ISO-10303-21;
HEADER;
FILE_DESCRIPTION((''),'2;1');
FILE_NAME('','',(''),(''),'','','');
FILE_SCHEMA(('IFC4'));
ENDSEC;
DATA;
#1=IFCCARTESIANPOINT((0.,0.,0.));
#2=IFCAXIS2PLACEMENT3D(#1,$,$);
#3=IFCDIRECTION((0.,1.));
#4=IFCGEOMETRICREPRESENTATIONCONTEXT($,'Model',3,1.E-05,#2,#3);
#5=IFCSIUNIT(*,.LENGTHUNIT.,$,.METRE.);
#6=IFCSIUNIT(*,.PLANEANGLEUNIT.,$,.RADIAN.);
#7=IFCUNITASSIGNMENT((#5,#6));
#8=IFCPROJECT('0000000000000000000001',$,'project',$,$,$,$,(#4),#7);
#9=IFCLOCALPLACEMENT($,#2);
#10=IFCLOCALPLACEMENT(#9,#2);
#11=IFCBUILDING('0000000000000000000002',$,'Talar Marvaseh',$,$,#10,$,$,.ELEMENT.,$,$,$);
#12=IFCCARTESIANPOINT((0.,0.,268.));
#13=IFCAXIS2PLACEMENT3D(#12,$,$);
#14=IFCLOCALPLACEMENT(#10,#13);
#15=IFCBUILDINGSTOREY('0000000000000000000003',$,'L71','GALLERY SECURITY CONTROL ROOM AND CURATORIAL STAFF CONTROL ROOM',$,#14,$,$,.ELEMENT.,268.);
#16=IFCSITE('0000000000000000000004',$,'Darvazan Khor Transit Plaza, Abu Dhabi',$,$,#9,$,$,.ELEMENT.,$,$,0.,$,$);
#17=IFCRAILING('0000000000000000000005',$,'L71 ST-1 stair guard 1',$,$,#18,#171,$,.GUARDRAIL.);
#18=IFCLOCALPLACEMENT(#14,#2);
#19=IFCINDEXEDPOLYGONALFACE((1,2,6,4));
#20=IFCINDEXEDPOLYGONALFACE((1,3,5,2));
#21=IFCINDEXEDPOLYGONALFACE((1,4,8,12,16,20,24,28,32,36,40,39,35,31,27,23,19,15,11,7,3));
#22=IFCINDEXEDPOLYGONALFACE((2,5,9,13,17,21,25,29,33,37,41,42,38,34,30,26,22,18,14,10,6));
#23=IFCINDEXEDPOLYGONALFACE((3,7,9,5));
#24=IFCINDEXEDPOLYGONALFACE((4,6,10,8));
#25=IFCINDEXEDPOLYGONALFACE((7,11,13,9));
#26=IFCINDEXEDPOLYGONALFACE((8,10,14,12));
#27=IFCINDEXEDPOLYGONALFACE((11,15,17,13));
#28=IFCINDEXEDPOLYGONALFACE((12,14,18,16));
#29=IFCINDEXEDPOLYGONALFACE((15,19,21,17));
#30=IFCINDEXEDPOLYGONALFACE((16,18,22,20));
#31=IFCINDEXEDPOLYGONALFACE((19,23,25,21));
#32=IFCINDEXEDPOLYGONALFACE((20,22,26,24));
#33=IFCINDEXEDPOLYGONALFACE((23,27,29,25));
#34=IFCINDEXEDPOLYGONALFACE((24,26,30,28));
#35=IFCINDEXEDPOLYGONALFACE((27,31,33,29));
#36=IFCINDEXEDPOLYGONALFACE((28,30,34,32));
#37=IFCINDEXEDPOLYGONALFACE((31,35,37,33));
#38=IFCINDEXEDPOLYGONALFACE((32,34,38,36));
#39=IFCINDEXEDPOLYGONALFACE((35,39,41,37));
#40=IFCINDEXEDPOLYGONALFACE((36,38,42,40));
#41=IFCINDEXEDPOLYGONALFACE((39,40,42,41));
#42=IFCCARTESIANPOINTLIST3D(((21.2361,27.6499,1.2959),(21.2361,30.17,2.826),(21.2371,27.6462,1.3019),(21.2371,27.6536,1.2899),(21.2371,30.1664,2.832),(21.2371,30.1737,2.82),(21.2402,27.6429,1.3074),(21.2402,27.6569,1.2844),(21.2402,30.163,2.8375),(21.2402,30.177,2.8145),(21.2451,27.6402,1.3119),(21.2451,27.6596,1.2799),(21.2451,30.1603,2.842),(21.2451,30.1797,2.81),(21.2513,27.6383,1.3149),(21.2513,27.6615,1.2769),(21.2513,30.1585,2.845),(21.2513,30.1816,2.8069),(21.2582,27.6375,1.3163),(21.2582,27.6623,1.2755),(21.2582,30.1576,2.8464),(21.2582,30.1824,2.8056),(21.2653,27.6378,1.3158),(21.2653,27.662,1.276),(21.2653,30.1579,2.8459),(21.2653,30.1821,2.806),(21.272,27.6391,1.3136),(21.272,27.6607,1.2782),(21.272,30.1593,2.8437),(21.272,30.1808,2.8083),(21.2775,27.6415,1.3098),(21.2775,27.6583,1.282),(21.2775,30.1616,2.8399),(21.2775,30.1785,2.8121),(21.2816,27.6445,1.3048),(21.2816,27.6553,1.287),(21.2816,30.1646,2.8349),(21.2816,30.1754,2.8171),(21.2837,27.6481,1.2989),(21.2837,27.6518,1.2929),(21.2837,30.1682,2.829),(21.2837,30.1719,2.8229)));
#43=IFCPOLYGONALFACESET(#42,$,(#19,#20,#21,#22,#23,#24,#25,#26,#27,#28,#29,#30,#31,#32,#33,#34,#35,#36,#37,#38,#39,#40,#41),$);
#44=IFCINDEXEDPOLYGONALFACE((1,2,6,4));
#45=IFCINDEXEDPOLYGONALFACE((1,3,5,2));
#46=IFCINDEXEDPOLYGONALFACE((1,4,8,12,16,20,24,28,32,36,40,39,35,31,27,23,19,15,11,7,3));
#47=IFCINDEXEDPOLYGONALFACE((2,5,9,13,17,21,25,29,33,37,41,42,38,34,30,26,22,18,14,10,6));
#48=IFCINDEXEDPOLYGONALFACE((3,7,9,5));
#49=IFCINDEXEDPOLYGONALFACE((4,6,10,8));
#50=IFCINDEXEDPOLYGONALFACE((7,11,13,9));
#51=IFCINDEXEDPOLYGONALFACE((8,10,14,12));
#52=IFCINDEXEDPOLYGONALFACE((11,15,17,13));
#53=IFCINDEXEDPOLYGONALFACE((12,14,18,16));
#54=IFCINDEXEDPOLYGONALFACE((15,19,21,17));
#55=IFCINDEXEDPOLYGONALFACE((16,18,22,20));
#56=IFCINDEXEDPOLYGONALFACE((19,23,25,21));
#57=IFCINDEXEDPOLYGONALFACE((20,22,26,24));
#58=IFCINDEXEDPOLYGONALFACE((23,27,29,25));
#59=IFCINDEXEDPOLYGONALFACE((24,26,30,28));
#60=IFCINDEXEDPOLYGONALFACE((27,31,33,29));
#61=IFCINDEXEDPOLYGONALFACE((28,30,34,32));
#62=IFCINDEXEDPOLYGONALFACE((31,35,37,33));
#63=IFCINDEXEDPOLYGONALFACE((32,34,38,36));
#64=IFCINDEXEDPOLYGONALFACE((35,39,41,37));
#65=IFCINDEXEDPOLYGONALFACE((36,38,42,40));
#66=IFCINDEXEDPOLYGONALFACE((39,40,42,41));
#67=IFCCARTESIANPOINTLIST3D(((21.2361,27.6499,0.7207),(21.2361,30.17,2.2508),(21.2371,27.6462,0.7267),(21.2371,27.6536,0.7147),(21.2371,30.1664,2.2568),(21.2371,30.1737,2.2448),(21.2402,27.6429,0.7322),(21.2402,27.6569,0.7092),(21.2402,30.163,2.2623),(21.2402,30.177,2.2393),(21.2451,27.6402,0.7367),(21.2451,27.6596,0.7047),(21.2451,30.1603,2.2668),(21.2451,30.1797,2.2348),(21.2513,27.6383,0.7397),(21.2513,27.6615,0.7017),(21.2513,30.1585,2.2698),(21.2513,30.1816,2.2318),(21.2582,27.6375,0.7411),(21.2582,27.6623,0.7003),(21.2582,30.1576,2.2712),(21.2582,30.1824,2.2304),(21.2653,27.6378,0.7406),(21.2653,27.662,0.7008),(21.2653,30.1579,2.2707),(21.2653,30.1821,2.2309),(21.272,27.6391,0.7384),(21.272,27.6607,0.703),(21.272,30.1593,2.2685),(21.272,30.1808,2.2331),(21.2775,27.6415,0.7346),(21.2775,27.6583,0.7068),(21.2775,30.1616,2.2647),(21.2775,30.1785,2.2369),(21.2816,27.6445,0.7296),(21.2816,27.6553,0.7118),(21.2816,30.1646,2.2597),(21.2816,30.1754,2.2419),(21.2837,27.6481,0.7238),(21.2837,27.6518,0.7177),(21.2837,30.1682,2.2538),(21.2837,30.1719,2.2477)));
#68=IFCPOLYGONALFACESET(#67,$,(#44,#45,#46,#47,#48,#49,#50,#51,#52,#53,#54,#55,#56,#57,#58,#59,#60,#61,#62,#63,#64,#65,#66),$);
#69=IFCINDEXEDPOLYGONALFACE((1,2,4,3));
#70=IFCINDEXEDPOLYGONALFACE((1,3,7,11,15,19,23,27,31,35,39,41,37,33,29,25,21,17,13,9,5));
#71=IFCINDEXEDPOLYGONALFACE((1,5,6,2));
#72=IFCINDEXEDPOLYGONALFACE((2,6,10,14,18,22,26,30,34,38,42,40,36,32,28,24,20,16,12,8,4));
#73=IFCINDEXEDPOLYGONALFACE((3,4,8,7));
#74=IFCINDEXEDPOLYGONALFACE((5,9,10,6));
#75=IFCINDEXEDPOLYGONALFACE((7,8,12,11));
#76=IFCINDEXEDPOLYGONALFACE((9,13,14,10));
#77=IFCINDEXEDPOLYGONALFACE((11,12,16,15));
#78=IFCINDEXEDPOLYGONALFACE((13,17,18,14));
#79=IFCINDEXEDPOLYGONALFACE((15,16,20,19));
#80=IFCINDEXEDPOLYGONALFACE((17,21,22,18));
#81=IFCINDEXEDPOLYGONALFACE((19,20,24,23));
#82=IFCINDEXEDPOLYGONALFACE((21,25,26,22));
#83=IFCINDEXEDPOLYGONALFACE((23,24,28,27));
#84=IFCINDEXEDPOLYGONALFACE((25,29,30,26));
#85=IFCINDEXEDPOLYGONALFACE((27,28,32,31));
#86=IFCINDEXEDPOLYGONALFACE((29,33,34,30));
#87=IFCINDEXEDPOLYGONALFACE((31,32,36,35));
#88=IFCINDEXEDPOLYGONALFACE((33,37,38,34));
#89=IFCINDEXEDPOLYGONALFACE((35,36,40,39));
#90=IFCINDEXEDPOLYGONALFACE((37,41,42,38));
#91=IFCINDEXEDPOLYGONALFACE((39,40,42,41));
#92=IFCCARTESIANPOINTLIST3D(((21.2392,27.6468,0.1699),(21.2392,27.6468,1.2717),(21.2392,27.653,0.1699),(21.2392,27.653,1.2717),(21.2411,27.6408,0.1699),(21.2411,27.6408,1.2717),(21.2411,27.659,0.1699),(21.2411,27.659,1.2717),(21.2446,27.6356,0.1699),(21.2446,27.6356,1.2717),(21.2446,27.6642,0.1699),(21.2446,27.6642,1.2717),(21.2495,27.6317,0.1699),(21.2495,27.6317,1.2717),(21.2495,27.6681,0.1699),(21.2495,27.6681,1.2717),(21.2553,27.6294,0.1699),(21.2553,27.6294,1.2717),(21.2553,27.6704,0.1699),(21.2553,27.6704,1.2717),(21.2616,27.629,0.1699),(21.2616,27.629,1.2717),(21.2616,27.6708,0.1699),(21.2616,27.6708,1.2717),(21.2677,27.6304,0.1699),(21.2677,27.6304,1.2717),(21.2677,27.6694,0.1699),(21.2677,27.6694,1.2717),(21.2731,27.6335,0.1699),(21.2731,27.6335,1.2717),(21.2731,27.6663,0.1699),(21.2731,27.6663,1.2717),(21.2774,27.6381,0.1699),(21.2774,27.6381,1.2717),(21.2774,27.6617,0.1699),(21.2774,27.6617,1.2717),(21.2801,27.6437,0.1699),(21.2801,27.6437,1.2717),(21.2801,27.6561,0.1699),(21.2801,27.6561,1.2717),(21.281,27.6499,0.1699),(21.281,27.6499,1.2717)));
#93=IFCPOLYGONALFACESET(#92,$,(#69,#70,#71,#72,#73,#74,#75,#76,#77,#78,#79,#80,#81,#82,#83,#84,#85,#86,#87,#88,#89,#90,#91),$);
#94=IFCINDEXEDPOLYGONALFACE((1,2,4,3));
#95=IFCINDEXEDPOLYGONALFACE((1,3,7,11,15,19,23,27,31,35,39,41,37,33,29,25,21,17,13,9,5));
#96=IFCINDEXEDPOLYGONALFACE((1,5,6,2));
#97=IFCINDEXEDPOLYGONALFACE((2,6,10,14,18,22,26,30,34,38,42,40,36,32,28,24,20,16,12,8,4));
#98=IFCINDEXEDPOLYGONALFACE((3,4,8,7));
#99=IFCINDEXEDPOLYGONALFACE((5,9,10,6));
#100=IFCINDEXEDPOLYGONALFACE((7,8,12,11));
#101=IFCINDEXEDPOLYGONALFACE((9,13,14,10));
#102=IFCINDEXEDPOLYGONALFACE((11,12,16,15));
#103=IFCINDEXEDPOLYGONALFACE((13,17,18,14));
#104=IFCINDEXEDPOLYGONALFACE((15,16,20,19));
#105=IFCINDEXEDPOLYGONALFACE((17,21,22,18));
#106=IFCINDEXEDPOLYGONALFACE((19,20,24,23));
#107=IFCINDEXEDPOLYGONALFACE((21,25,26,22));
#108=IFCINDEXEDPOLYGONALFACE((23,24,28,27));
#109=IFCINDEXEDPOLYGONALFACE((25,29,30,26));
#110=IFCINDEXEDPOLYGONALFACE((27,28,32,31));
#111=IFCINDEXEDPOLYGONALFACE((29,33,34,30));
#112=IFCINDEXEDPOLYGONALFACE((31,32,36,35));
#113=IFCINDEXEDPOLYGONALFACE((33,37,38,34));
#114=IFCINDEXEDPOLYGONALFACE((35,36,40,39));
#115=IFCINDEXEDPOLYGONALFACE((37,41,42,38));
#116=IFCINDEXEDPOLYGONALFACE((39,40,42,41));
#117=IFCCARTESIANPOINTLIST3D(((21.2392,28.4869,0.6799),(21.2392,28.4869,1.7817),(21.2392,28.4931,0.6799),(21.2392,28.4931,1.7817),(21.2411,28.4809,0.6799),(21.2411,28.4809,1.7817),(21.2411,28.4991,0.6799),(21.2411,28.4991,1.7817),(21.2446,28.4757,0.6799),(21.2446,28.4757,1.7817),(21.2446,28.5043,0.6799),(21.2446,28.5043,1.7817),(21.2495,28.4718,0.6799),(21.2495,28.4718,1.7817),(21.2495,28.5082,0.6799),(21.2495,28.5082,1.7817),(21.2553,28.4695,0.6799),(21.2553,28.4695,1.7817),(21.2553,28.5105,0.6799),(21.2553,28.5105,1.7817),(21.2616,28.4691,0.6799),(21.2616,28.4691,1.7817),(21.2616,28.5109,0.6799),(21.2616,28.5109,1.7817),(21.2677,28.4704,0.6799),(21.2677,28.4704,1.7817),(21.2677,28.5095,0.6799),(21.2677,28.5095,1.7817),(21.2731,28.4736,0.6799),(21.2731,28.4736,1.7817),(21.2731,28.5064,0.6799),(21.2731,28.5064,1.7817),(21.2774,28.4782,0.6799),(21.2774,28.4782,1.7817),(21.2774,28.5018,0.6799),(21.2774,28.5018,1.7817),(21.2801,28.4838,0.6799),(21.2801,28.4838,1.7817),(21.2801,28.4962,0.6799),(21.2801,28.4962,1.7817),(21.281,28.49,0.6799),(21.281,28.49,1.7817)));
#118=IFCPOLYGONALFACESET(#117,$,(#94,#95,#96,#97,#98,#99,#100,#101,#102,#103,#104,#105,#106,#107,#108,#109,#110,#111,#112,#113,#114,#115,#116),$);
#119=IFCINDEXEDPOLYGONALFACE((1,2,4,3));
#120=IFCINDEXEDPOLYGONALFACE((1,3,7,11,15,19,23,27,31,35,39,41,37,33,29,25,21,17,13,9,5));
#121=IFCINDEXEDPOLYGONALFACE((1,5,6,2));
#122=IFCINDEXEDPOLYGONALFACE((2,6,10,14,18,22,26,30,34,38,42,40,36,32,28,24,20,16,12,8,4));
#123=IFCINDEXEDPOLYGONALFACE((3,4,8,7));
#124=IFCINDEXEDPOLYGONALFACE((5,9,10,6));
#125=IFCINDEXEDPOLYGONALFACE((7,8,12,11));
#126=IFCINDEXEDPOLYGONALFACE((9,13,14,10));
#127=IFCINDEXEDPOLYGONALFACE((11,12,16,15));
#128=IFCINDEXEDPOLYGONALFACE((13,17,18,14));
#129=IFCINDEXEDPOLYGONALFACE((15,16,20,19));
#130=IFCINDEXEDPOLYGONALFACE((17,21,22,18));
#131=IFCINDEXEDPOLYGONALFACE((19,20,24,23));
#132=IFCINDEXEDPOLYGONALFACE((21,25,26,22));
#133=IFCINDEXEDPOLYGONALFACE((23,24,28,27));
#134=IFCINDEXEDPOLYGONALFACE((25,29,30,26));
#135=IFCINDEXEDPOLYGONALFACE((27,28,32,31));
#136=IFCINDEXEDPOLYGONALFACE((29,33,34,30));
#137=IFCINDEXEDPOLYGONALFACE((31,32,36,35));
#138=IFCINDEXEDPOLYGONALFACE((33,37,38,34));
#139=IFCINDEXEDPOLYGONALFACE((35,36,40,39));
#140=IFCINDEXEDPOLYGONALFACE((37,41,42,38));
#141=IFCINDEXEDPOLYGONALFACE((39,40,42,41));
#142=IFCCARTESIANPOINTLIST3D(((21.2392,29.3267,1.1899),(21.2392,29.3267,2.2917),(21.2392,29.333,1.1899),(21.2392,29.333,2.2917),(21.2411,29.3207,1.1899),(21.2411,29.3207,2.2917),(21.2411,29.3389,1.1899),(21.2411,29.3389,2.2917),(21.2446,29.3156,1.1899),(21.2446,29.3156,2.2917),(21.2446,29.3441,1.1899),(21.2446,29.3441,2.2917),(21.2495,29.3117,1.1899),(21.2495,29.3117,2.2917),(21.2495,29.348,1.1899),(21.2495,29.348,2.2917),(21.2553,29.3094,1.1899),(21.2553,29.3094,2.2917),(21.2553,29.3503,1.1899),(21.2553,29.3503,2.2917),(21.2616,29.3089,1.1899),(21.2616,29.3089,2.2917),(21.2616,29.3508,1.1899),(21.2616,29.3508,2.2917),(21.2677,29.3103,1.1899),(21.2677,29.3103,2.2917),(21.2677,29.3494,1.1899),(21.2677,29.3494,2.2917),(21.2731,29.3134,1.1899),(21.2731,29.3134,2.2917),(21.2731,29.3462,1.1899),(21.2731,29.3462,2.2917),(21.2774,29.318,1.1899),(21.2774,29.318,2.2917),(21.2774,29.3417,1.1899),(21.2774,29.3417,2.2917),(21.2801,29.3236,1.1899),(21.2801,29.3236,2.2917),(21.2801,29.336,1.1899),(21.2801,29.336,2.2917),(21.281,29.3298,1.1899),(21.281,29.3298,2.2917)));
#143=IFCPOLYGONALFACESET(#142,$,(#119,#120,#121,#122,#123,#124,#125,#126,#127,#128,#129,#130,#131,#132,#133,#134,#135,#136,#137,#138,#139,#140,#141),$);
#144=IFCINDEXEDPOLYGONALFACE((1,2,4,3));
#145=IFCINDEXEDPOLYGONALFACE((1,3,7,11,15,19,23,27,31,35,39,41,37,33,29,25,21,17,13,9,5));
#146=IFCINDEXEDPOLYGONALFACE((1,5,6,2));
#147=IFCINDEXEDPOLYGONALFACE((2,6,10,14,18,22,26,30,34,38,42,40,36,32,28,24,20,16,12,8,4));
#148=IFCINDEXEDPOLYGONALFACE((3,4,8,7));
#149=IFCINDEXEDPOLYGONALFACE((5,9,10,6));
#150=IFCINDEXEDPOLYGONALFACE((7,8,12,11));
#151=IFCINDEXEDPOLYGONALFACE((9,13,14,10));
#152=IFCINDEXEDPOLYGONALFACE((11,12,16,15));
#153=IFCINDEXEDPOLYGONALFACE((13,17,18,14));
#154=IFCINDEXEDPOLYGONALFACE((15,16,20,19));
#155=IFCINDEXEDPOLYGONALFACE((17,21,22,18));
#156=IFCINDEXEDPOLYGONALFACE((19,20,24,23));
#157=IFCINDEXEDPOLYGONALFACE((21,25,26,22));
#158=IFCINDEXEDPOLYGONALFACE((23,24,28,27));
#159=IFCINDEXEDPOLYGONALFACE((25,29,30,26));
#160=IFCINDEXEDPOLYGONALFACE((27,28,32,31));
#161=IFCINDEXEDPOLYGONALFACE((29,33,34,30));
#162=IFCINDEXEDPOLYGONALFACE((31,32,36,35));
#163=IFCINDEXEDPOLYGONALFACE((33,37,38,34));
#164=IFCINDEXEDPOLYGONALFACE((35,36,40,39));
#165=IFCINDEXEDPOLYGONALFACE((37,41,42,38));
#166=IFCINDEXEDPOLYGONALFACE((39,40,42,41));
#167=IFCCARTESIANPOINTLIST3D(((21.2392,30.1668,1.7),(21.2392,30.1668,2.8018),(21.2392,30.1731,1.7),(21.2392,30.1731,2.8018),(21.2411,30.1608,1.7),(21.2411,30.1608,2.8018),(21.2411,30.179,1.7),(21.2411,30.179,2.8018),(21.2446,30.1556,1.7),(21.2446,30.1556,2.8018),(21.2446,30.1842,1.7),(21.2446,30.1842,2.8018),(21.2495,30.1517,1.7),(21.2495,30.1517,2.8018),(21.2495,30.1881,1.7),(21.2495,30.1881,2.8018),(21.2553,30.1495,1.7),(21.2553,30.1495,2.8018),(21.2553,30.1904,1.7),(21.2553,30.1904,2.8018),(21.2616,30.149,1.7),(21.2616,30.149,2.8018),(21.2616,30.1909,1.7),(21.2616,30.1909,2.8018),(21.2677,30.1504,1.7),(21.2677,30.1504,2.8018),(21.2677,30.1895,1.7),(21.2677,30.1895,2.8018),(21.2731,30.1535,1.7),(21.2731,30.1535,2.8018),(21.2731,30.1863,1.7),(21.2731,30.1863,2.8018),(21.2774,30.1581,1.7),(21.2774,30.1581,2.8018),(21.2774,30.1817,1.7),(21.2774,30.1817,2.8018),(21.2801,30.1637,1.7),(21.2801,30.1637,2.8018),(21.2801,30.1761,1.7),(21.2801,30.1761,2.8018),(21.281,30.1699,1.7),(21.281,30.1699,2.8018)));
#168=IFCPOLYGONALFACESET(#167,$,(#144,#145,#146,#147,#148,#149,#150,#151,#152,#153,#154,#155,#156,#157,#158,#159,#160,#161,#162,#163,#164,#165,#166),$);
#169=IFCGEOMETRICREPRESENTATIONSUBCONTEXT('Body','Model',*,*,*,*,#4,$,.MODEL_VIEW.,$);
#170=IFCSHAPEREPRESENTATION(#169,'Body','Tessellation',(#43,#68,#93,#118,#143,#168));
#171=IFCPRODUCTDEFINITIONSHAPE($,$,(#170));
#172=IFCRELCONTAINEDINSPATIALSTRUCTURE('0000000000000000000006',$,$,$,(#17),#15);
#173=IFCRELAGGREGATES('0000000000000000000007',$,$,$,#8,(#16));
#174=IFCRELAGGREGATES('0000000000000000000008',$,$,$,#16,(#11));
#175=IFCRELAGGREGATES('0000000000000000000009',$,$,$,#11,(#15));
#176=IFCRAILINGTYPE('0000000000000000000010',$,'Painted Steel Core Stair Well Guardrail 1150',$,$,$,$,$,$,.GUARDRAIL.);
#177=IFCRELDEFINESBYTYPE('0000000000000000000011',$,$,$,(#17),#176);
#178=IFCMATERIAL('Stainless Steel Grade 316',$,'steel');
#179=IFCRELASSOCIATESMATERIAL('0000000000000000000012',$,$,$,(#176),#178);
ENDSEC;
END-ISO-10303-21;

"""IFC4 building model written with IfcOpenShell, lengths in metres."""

from ifc_helpers import new_model, si_unit, direction, frame, origin, origin_2d, place, context, subcontext, project, spatial, circle, extrude, material, type_object, element, save


model = new_model("IFC4")

# Units and contexts
model_context = context("Model", 3, precision=1e-05, world=origin(), true_north=direction((0.0, 1.0)))
body_context = subcontext(model_context, "Body", "Model", "MODEL_VIEW")
ifc_project = project(units=[si_unit("LENGTHUNIT", "METRE"), si_unit("PLANEANGLEUNIT", "RADIAN")], contexts=[model_context])

# Site, building, storey
site_placement = place(None, origin())
site = spatial("IfcSite", under=ifc_project, at=site_placement, Name="Darvazan Khor Transit Plaza, Abu Dhabi", CompositionType="ELEMENT", RefElevation=0.0)
building_placement = place(site_placement, origin())
building = spatial("IfcBuilding", under=site, at=building_placement, Name="Talar Marvaseh", CompositionType="ELEMENT")
storey_placement = place(building_placement, frame((0.0, 0.0, 268.0)))
storey = spatial("IfcBuildingStorey", under=building, at=storey_placement, Name="L71", Description="GALLERY SECURITY CONTROL ROOM AND CURATORIAL STAFF CONTROL ROOM", CompositionType="ELEMENT", Elevation=268.0)

# Railing
ifc_material_1 = material(Name="Stainless Steel Grade 316", Category="steel")
railing_type_1 = type_object("IfcRailingType", Name="Painted Steel Core Stair Well Guardrail 1150", PredefinedType="GUARDRAIL", material=ifc_material_1)
railing_1_placement = place(storey_placement, frame((21.26, 27.6499, 0.1699)))
element("IfcRailing", 1, at=railing_1_placement, inside=storey, type_object=railing_type_1, Name="L71 ST-1 stair guard 1", PredefinedType="GUARDRAIL", context=body_context, shape_type="SweptSolid", body=[
    extrude(circle(Radius=0.0239, at=origin_2d()), frame((0.0, 0.0, 1.126), z_axis=(0.0, 0.854785, 0.518982), x_axis=(-1.0, 0.0, 0.0)), (0.0, 0.0, 1.0), 2.9482),
    extrude(circle(Radius=0.0239, at=origin_2d()), frame((0.0, 0.0, 0.5508), z_axis=(0.0, 0.854785, 0.518982), x_axis=(-1.0, 0.0, 0.0)), (0.0, 0.0, 1.0), 2.9482),
    extrude(circle(Radius=0.021, at=origin_2d()), origin(), (0.0, 0.0, 1.0), 1.1018),
    extrude(circle(Radius=0.021, at=origin_2d()), frame((0.0, 0.8401, 0.51)), (0.0, 0.0, 1.0), 1.1018),
    extrude(circle(Radius=0.021, at=origin_2d()), frame((0.0, 1.6799, 1.02)), (0.0, 0.0, 1.0), 1.1018),
    extrude(circle(Radius=0.021, at=origin_2d()), frame((0.0, 2.52, 1.53)), (0.0, 0.0, 1.0), 1.1018),
])

save(model, "model.ifc")
